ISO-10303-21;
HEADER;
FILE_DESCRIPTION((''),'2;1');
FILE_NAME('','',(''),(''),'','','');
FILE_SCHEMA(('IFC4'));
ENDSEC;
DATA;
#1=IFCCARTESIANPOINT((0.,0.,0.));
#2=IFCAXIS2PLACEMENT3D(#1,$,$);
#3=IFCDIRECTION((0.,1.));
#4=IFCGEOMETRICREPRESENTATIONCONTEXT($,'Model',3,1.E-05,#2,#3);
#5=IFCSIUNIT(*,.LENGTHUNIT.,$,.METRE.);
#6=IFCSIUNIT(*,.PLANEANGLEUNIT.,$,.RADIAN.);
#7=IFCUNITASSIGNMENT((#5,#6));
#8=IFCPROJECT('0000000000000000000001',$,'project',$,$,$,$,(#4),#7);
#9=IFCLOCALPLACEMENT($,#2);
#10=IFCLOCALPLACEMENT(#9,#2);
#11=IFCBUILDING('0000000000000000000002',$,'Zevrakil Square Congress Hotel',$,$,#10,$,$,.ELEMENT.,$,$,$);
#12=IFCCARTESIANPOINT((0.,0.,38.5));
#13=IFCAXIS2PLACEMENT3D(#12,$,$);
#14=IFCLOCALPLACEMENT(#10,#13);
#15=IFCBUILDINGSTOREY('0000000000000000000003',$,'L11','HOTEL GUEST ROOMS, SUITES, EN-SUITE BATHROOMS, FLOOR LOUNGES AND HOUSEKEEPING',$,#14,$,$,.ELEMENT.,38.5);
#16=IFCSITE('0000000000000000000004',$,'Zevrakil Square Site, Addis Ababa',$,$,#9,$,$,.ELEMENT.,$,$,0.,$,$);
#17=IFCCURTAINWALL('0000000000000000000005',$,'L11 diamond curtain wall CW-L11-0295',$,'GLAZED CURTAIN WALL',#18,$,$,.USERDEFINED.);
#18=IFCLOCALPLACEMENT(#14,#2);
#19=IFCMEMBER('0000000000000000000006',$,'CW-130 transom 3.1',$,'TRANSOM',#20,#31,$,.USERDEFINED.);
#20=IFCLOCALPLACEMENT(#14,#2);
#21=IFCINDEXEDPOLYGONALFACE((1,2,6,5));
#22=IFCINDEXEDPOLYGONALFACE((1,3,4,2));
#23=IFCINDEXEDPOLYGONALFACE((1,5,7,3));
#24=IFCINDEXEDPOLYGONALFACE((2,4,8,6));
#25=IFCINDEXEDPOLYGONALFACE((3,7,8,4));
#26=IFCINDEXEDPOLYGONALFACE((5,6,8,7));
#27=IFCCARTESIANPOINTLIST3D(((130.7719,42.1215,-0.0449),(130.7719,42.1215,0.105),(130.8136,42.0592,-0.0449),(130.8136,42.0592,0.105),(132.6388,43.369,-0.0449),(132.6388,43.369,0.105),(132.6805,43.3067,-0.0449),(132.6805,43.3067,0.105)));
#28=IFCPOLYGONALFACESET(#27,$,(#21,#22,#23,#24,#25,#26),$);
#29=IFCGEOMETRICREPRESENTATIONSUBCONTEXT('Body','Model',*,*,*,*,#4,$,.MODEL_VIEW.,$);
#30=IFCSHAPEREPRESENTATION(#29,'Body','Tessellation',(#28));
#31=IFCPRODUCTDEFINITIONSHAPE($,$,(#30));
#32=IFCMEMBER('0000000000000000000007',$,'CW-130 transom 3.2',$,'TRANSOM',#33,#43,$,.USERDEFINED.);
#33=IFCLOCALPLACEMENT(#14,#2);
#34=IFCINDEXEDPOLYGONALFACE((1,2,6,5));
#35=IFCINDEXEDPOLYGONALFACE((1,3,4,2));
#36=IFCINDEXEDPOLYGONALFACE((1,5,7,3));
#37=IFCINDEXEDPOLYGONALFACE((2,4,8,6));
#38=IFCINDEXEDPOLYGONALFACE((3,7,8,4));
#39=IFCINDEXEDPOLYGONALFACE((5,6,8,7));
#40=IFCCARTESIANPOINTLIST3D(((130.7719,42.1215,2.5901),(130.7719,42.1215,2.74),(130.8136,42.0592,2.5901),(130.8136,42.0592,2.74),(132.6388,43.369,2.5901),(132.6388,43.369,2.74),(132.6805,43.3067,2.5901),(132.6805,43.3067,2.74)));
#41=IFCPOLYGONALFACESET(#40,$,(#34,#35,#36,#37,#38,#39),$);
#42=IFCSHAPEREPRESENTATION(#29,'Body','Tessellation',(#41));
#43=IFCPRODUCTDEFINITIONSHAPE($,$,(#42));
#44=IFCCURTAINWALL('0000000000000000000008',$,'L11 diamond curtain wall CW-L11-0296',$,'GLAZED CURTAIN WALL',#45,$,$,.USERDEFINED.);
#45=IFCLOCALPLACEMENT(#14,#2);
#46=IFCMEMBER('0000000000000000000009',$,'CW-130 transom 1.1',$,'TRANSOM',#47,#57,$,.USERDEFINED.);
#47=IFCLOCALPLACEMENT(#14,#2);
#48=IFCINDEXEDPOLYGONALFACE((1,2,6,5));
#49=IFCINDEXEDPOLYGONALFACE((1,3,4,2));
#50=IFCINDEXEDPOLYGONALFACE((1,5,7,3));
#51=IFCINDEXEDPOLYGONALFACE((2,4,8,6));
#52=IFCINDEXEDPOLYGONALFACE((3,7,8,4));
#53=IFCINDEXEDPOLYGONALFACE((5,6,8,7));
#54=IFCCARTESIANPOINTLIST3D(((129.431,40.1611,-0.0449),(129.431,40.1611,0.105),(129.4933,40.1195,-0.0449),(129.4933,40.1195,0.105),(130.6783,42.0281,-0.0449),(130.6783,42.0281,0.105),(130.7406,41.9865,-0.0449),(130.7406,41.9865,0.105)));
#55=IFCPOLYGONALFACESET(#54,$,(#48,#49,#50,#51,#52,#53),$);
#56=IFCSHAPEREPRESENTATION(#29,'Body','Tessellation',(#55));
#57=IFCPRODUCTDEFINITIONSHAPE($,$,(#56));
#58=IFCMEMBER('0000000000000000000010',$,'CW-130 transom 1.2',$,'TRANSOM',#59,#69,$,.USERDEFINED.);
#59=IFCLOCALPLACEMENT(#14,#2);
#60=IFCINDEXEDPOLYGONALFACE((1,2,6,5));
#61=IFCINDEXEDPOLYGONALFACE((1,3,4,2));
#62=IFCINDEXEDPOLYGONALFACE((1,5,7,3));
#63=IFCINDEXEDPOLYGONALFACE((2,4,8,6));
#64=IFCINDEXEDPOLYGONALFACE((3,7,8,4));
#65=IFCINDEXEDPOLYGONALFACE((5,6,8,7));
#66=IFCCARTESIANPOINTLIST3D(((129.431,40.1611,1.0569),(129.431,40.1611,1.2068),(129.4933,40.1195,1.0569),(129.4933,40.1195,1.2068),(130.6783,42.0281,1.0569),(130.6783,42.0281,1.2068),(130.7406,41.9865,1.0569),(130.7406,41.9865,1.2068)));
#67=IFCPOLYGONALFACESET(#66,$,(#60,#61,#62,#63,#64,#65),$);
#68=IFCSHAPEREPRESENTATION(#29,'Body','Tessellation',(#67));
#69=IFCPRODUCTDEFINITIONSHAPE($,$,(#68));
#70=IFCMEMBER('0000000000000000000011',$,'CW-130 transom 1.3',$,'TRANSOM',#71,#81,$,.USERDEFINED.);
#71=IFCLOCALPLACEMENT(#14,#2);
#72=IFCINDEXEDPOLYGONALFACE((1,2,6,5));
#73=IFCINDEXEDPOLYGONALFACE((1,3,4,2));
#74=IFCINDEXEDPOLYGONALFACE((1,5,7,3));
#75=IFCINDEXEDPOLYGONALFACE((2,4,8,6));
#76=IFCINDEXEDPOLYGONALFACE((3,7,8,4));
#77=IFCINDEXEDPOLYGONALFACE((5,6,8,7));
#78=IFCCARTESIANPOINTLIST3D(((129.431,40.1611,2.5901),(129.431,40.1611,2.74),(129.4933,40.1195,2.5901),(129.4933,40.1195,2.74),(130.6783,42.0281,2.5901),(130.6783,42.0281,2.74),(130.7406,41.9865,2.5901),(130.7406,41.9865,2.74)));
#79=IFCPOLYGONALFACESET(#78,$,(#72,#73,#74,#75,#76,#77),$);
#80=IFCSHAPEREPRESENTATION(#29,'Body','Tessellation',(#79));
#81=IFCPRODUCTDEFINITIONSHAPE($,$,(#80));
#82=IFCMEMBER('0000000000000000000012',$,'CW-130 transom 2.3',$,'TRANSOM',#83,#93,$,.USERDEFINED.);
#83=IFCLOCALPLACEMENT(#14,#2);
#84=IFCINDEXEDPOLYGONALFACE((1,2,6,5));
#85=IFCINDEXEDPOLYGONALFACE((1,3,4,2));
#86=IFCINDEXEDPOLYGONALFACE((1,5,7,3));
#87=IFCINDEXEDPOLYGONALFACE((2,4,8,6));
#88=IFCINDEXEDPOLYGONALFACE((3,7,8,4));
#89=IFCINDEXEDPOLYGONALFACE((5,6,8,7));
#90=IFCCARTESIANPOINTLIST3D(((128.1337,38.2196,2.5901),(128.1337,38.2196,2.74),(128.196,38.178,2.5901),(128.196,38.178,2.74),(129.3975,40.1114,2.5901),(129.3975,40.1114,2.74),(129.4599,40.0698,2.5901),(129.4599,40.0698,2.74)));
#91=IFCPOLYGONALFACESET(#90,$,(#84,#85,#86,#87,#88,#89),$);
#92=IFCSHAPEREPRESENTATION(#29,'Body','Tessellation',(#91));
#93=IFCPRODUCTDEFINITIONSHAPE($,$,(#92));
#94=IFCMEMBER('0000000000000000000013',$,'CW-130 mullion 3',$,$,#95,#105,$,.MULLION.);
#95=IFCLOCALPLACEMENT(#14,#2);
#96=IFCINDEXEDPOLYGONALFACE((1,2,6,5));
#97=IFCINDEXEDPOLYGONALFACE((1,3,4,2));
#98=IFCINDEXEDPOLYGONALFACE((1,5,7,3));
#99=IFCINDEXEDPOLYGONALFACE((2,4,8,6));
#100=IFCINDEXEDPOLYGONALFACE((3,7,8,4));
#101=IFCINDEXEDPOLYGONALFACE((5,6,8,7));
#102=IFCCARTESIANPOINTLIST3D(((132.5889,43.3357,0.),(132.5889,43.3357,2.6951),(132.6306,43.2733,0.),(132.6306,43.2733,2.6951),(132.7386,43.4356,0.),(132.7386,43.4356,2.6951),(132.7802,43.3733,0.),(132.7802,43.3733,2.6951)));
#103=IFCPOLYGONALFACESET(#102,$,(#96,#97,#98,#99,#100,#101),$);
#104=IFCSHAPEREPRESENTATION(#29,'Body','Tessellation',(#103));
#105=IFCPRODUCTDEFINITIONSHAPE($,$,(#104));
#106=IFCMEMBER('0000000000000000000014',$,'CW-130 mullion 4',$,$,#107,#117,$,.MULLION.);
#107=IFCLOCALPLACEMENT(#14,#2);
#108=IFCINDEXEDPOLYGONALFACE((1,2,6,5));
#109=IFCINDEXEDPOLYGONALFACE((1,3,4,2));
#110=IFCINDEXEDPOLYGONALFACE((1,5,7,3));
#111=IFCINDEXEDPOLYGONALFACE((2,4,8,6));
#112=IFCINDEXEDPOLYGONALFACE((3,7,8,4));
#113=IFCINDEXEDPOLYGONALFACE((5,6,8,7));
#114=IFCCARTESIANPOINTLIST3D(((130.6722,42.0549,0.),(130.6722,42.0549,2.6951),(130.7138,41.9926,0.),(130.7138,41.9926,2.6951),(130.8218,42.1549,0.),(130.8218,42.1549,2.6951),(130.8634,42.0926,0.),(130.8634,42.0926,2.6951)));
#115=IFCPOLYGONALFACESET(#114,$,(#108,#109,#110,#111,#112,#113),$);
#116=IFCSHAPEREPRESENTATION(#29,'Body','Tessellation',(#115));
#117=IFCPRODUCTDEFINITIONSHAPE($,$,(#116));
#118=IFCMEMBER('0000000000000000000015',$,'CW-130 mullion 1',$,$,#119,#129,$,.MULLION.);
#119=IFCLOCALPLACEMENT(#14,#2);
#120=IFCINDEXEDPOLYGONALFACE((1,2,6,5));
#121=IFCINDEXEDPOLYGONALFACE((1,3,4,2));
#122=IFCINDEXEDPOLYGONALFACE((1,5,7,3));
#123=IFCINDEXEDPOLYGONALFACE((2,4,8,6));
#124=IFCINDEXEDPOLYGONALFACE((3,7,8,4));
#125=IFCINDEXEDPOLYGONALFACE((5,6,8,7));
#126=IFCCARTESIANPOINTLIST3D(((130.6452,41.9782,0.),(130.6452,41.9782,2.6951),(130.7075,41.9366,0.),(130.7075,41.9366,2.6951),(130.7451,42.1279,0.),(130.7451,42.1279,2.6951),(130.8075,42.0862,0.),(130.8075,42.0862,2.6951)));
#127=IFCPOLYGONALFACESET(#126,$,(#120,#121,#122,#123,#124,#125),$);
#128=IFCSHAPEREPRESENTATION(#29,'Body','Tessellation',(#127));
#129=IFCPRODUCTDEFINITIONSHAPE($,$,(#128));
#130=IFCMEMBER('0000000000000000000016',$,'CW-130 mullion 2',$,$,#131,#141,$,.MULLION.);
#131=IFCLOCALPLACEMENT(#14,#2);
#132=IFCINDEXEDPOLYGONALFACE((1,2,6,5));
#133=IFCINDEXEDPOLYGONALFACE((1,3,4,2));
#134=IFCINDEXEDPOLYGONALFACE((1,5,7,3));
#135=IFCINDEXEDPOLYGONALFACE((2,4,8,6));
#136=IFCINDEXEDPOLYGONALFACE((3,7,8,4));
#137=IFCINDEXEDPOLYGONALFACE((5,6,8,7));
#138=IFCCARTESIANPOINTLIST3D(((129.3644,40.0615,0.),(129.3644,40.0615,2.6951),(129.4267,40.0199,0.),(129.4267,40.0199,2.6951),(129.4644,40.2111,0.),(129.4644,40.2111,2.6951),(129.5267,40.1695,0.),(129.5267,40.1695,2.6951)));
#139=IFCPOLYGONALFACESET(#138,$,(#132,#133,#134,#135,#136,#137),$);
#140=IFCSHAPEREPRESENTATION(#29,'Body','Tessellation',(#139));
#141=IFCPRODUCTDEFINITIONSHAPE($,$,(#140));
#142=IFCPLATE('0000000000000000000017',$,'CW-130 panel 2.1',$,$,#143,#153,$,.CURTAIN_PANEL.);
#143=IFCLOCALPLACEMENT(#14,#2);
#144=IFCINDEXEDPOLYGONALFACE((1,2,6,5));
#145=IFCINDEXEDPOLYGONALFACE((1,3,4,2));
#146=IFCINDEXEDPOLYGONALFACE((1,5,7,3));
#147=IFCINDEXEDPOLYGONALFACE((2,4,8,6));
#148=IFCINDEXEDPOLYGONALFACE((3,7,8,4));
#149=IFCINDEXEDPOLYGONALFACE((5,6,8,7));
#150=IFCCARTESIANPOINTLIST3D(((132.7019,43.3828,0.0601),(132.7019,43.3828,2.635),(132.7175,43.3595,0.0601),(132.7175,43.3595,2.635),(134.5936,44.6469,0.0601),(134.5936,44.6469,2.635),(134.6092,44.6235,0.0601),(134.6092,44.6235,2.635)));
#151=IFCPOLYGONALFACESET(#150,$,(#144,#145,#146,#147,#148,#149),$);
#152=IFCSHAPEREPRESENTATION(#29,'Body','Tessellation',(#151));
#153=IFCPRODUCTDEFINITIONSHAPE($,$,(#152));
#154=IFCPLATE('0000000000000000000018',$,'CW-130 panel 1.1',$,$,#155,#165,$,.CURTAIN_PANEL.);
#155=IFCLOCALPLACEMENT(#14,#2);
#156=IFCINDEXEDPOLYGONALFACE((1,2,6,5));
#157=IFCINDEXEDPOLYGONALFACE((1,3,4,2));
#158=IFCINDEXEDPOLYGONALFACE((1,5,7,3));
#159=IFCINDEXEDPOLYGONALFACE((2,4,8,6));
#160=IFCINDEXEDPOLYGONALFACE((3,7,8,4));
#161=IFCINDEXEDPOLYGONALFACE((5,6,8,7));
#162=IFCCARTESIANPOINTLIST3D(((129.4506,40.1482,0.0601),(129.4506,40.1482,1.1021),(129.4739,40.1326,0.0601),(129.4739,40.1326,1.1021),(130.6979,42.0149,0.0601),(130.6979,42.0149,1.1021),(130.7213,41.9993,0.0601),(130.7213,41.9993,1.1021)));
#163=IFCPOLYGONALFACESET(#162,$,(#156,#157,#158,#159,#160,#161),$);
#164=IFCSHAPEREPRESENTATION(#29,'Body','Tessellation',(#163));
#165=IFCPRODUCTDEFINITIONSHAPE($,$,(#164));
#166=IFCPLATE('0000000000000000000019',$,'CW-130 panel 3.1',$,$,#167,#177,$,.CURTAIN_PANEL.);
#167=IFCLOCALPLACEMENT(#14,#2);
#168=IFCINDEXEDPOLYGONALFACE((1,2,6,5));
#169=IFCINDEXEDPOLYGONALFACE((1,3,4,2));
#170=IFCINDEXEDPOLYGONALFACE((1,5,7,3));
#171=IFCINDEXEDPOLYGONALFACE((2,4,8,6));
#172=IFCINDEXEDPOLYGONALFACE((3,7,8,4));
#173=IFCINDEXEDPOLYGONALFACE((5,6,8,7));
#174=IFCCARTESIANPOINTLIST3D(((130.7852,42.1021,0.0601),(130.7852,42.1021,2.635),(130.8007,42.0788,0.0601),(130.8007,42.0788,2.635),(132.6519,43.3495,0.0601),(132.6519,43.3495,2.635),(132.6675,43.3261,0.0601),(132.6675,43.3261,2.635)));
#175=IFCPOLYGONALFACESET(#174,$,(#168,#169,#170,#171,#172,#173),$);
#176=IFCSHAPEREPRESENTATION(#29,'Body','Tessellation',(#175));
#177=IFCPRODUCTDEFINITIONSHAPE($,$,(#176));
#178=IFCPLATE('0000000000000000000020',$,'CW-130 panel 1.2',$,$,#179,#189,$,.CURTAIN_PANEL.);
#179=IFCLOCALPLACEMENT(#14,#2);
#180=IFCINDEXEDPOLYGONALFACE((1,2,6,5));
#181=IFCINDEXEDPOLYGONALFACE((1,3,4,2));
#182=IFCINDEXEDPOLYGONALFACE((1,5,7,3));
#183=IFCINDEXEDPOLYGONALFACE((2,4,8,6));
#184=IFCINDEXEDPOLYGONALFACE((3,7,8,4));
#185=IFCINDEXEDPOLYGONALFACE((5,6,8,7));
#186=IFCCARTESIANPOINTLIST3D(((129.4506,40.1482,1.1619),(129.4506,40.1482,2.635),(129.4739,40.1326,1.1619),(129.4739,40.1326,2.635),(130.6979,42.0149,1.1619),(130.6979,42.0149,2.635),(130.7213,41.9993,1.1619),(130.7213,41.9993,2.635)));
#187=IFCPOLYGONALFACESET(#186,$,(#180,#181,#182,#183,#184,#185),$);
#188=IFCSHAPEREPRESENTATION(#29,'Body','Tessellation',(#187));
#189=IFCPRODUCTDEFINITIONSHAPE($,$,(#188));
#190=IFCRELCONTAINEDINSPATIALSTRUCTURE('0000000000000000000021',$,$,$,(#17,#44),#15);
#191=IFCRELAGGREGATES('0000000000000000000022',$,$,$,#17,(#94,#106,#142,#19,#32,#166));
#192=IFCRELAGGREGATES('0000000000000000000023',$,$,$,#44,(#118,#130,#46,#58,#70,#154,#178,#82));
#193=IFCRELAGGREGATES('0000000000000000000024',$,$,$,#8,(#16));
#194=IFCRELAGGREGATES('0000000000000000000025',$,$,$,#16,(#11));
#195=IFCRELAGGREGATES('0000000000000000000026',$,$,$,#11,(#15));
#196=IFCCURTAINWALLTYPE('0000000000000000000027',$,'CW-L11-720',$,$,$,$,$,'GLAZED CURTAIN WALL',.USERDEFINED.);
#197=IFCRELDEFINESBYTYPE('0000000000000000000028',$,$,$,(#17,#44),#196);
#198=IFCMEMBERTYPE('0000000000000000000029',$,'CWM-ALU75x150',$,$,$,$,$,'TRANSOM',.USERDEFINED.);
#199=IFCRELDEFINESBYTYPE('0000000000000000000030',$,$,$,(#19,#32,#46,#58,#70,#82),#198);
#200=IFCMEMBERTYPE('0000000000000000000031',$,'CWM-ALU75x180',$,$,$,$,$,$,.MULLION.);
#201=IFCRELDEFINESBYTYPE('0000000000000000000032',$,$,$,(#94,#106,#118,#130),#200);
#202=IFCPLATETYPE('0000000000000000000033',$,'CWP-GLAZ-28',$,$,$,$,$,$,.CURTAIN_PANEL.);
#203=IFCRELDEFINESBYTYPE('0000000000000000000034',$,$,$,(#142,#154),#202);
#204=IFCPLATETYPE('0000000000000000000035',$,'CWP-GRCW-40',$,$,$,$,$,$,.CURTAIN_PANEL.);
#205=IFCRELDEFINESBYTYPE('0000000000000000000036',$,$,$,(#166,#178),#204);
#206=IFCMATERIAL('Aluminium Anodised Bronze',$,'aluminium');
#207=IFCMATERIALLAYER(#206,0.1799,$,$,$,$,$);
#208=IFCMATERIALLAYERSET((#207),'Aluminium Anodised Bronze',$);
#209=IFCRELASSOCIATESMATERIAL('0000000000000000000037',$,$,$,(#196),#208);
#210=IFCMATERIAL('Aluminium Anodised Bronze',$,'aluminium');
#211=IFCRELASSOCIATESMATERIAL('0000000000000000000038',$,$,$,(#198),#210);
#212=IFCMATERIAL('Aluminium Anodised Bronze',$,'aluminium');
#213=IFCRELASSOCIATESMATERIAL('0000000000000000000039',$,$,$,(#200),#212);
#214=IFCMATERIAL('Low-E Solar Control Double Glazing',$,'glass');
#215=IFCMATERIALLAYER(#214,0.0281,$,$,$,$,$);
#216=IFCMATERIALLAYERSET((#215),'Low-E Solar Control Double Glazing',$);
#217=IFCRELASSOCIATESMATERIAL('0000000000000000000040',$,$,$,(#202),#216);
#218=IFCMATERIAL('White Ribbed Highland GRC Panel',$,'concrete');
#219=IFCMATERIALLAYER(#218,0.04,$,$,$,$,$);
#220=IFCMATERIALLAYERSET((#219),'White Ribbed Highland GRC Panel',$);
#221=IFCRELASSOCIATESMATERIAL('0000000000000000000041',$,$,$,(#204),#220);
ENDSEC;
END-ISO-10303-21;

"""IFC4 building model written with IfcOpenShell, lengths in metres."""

from ifc_helpers import new_model, si_unit, direction, frame, origin, origin_2d, place, context, subcontext, project, spatial, rectangle, extrude, material, layer, layer_set, material_profile, profile_set, type_object, element, aggregate, save


model = new_model("IFC4")

# Units and contexts
model_context = context("Model", 3, precision=1e-05, world=origin(), true_north=direction((0.0, 1.0)))
body_context = subcontext(model_context, "Body", "Model", "MODEL_VIEW")
ifc_project = project(units=[si_unit("LENGTHUNIT", "METRE"), si_unit("PLANEANGLEUNIT", "RADIAN")], contexts=[model_context])

# Site, building, storey
site_placement = place(None, origin())
site = spatial("IfcSite", under=ifc_project, at=site_placement, Name="Zevrakil Square Site, Addis Ababa", CompositionType="ELEMENT", RefElevation=0.0)
building_placement = place(site_placement, origin())
building = spatial("IfcBuilding", under=site, at=building_placement, Name="Zevrakil Square Congress Hotel", CompositionType="ELEMENT")
storey_placement = place(building_placement, frame((0.0, 0.0, 38.5)))
storey = spatial("IfcBuildingStorey", under=building, at=storey_placement, Name="L11", Description="HOTEL GUEST ROOMS, SUITES, EN-SUITE BATHROOMS, FLOOR LOUNGES AND HOUSEKEEPING", CompositionType="ELEMENT", Elevation=38.5)

# Curtain walls, members
ifc_material_1 = material(Name="Aluminium Anodised Bronze", Category="aluminium")
ifc_layer_1 = layer(ifc_material_1, 0.1799)
ifc_layer_set_1 = layer_set([ifc_layer_1], Name="Aluminium Anodised Bronze")
curtain_wall_type = type_object("IfcCurtainWallType", Name="CW-L11-720", ElementType="GLAZED CURTAIN WALL", PredefinedType="USERDEFINED", material=ifc_layer_set_1)
curtain_wall_1_placement = place(storey_placement, origin())
curtain_wall_1 = element("IfcCurtainWall", 1, at=curtain_wall_1_placement, inside=storey, type_object=curtain_wall_type, Name="L11 diamond curtain wall CW-L11-0295", ObjectType="GLAZED CURTAIN WALL", PredefinedType="USERDEFINED")
ifc_material_2 = material(Name="Aluminium Anodised Bronze", Category="aluminium")
ifc_material_profile_1 = material_profile(ifc_material_2, rectangle(XDim=0.075, YDim=0.1499, at=origin_2d()), Name="ALU 75x150")
ifc_profile_set_1 = profile_set([ifc_material_profile_1], Name="Aluminium Anodised Bronze")
member_type_1 = type_object("IfcMemberType", Name="CWM-ALU75x150", ElementType="TRANSOM", PredefinedType="USERDEFINED", material=ifc_profile_set_1)
member_1_placement = place(storey_placement, frame((132.6597, 43.3379, 0.03), z_axis=(-0.831448, -0.555603, 0.0), x_axis=(0.555603, -0.831448, 0.0)))
member_1 = element("IfcMember", 2, at=member_1_placement, type_object=member_type_1, Name="CW-130 transom 3.1", ObjectType="TRANSOM", PredefinedType="USERDEFINED", context=body_context, shape_type="SweptSolid", body=[
    extrude(rectangle(XDim=0.075, YDim=0.1499, at=origin_2d()), origin(), (0.0, 0.0, 1.0), 2.2454),
])
member_2_placement = place(storey_placement, frame((132.6597, 43.3379, 2.665), z_axis=(-0.831448, -0.555603, 0.0), x_axis=(0.555603, -0.831448, 0.0)))
member_2 = element("IfcMember", 3, at=member_2_placement, type_object=member_type_1, Name="CW-130 transom 3.2", ObjectType="TRANSOM", PredefinedType="USERDEFINED", context=body_context, shape_type="SweptSolid", body=[
    extrude(rectangle(XDim=0.075, YDim=0.1499, at=origin_2d()), origin(), (0.0, 0.0, 1.0), 2.2454),
])
curtain_wall_2_placement = place(storey_placement, origin())
curtain_wall_2 = element("IfcCurtainWall", 4, at=curtain_wall_2_placement, inside=storey, type_object=curtain_wall_type, Name="L11 diamond curtain wall CW-L11-0296", ObjectType="GLAZED CURTAIN WALL", PredefinedType="USERDEFINED")
member_3_placement = place(storey_placement, frame((130.7095, 42.0073, 0.03), z_axis=(-0.555528, -0.831498, 0.0), x_axis=(0.831498, -0.555528, 0.0)))
member_3 = element("IfcMember", 5, at=member_3_placement, type_object=member_type_1, Name="CW-130 transom 1.1", ObjectType="TRANSOM", PredefinedType="USERDEFINED", context=body_context, shape_type="SweptSolid", body=[
    extrude(rectangle(XDim=0.075, YDim=0.1499, at=origin_2d()), origin(), (0.0, 0.0, 1.0), 2.2454),
])
member_4_placement = place(storey_placement, frame((130.7095, 42.0073, 1.1318), z_axis=(-0.555528, -0.831498, 0.0), x_axis=(0.831498, -0.555528, 0.0)))
member_4 = element("IfcMember", 6, at=member_4_placement, type_object=member_type_1, Name="CW-130 transom 1.2", ObjectType="TRANSOM", PredefinedType="USERDEFINED", context=body_context, shape_type="SweptSolid", body=[
    extrude(rectangle(XDim=0.075, YDim=0.1499, at=origin_2d()), origin(), (0.0, 0.0, 1.0), 2.2454),
])
member_5_placement = place(storey_placement, frame((130.7095, 42.0073, 2.665), z_axis=(-0.555528, -0.831498, 0.0), x_axis=(0.831498, -0.555528, 0.0)))
member_5 = element("IfcMember", 7, at=member_5_placement, type_object=member_type_1, Name="CW-130 transom 1.3", ObjectType="TRANSOM", PredefinedType="USERDEFINED", context=body_context, shape_type="SweptSolid", body=[
    extrude(rectangle(XDim=0.075, YDim=0.1499, at=origin_2d()), origin(), (0.0, 0.0, 1.0), 2.2454),
])
member_6_placement = place(storey_placement, frame((129.4287, 40.0906, 2.665), z_axis=(-0.555517, -0.831505, 0.0), x_axis=(0.831505, -0.555517, 0.0)))
member_6 = element("IfcMember", 8, at=member_6_placement, type_object=member_type_1, Name="CW-130 transom 2.3", ObjectType="TRANSOM", PredefinedType="USERDEFINED", context=body_context, shape_type="SweptSolid", body=[
    extrude(rectangle(XDim=0.075, YDim=0.1499, at=origin_2d()), origin(), (0.0, 0.0, 1.0), 2.2751),
])

# Members
ifc_material_3 = material(Name="Aluminium Anodised Bronze", Category="aluminium")
ifc_material_profile_2 = material_profile(ifc_material_3, rectangle(XDim=0.075, YDim=0.1799, at=origin_2d()), Name="ALU 75x180")
ifc_profile_set_2 = profile_set([ifc_material_profile_2], Name="Aluminium Anodised Bronze")
member_type_2 = type_object("IfcMemberType", Name="CWM-ALU75x180", PredefinedType="MULLION", material=ifc_profile_set_2)
member_7_placement = place(storey_placement, frame((132.6846, 43.3545, 0.0), z_axis=(0.0, 0.0, 1.0), x_axis=(0.555576, -0.831466, 0.0)))
member_7 = element("IfcMember", 9, at=member_7_placement, type_object=member_type_2, Name="CW-130 mullion 3", PredefinedType="MULLION", context=body_context, shape_type="SweptSolid", body=[
    extrude(rectangle(XDim=0.075, YDim=0.1799, at=origin_2d()), origin(), (0.0, 0.0, 1.0), 2.6951),
])
member_8_placement = place(storey_placement, frame((130.7678, 42.0737, 0.0), z_axis=(0.0, 0.0, 1.0), x_axis=(0.555576, -0.831466, 0.0)))
member_8 = element("IfcMember", 10, at=member_8_placement, type_object=member_type_2, Name="CW-130 mullion 4", PredefinedType="MULLION", context=body_context, shape_type="SweptSolid", body=[
    extrude(rectangle(XDim=0.075, YDim=0.1799, at=origin_2d()), origin(), (0.0, 0.0, 1.0), 2.6951),
])
member_9_placement = place(storey_placement, frame((130.7263, 42.0322, 0.0), z_axis=(0.0, 0.0, 1.0), x_axis=(0.831466, -0.555576, 0.0)))
member_9 = element("IfcMember", 11, at=member_9_placement, type_object=member_type_2, Name="CW-130 mullion 1", PredefinedType="MULLION", context=body_context, shape_type="SweptSolid", body=[
    extrude(rectangle(XDim=0.075, YDim=0.1799, at=origin_2d()), origin(), (0.0, 0.0, 1.0), 2.6951),
])
member_10_placement = place(storey_placement, frame((129.4456, 40.1155, 0.0), z_axis=(0.0, 0.0, 1.0), x_axis=(0.831466, -0.555576, 0.0)))
member_10 = element("IfcMember", 12, at=member_10_placement, type_object=member_type_2, Name="CW-130 mullion 2", PredefinedType="MULLION", context=body_context, shape_type="SweptSolid", body=[
    extrude(rectangle(XDim=0.075, YDim=0.1799, at=origin_2d()), origin(), (0.0, 0.0, 1.0), 2.6951),
])

# Plates
ifc_material_4 = material(Name="Low-E Solar Control Double Glazing", Category="glass")
ifc_layer_2 = layer(ifc_material_4, 0.0281)
ifc_layer_set_2 = layer_set([ifc_layer_2], Name="Low-E Solar Control Double Glazing")
plate_type_1 = type_object("IfcPlateType", Name="CWP-GLAZ-28", PredefinedType="CURTAIN_PANEL", material=ifc_layer_set_2)
plate_1_placement = place(storey_placement, frame((133.6555, 44.0032, 0.0601), z_axis=(0.0, 0.0, 1.0), x_axis=(-0.831466, -0.555576, 0.0)))
plate_1 = element("IfcPlate", 13, at=plate_1_placement, type_object=plate_type_1, Name="CW-130 panel 2.1", PredefinedType="CURTAIN_PANEL", context=body_context, shape_type="SweptSolid", body=[
    extrude(rectangle(XDim=2.2751, YDim=0.0281, at=origin_2d()), origin(), (0.0, 0.0, 1.0), 2.575),
])
plate_2_placement = place(storey_placement, frame((130.0859, 41.0737, 0.0601), z_axis=(0.0, 0.0, 1.0), x_axis=(-0.555576, -0.831466, 0.0)))
plate_2 = element("IfcPlate", 14, at=plate_2_placement, type_object=plate_type_1, Name="CW-130 panel 1.1", PredefinedType="CURTAIN_PANEL", context=body_context, shape_type="SweptSolid", body=[
    extrude(rectangle(XDim=2.2451, YDim=0.0281, at=origin_2d()), origin(), (0.0, 0.0, 1.0), 1.042),
])
ifc_material_5 = material(Name="White Ribbed Highland GRC Panel", Category="concrete")
ifc_layer_3 = layer(ifc_material_5, 0.04)
ifc_layer_set_3 = layer_set([ifc_layer_3], Name="White Ribbed Highland GRC Panel")
plate_type_2 = type_object("IfcPlateType", Name="CWP-GRCW-40", PredefinedType="CURTAIN_PANEL", material=ifc_layer_set_3)
plate_3_placement = place(storey_placement, frame((131.7263, 42.7141, 0.0601), z_axis=(0.0, 0.0, 1.0), x_axis=(-0.831466, -0.555576, 0.0)))
plate_3 = element("IfcPlate", 15, at=plate_3_placement, type_object=plate_type_2, Name="CW-130 panel 3.1", PredefinedType="CURTAIN_PANEL", context=body_context, shape_type="SweptSolid", body=[
    extrude(rectangle(XDim=2.2451, YDim=0.0281, at=origin_2d()), origin(), (0.0, 0.0, 1.0), 2.575),
])
aggregate(curtain_wall_1, [member_7, member_8, plate_1, member_1, member_2, plate_3])
plate_4_placement = place(storey_placement, frame((130.0859, 41.0737, 1.1619), z_axis=(0.0, 0.0, 1.0), x_axis=(-0.555576, -0.831466, 0.0)))
plate_4 = element("IfcPlate", 16, at=plate_4_placement, type_object=plate_type_2, Name="CW-130 panel 1.2", PredefinedType="CURTAIN_PANEL", context=body_context, shape_type="SweptSolid", body=[
    extrude(rectangle(XDim=2.2451, YDim=0.0281, at=origin_2d()), origin(), (0.0, 0.0, 1.0), 1.4731),
])
aggregate(curtain_wall_2, [member_9, member_10, member_3, member_4, member_5, plate_2, plate_4, member_6])

save(model, "model.ifc")
